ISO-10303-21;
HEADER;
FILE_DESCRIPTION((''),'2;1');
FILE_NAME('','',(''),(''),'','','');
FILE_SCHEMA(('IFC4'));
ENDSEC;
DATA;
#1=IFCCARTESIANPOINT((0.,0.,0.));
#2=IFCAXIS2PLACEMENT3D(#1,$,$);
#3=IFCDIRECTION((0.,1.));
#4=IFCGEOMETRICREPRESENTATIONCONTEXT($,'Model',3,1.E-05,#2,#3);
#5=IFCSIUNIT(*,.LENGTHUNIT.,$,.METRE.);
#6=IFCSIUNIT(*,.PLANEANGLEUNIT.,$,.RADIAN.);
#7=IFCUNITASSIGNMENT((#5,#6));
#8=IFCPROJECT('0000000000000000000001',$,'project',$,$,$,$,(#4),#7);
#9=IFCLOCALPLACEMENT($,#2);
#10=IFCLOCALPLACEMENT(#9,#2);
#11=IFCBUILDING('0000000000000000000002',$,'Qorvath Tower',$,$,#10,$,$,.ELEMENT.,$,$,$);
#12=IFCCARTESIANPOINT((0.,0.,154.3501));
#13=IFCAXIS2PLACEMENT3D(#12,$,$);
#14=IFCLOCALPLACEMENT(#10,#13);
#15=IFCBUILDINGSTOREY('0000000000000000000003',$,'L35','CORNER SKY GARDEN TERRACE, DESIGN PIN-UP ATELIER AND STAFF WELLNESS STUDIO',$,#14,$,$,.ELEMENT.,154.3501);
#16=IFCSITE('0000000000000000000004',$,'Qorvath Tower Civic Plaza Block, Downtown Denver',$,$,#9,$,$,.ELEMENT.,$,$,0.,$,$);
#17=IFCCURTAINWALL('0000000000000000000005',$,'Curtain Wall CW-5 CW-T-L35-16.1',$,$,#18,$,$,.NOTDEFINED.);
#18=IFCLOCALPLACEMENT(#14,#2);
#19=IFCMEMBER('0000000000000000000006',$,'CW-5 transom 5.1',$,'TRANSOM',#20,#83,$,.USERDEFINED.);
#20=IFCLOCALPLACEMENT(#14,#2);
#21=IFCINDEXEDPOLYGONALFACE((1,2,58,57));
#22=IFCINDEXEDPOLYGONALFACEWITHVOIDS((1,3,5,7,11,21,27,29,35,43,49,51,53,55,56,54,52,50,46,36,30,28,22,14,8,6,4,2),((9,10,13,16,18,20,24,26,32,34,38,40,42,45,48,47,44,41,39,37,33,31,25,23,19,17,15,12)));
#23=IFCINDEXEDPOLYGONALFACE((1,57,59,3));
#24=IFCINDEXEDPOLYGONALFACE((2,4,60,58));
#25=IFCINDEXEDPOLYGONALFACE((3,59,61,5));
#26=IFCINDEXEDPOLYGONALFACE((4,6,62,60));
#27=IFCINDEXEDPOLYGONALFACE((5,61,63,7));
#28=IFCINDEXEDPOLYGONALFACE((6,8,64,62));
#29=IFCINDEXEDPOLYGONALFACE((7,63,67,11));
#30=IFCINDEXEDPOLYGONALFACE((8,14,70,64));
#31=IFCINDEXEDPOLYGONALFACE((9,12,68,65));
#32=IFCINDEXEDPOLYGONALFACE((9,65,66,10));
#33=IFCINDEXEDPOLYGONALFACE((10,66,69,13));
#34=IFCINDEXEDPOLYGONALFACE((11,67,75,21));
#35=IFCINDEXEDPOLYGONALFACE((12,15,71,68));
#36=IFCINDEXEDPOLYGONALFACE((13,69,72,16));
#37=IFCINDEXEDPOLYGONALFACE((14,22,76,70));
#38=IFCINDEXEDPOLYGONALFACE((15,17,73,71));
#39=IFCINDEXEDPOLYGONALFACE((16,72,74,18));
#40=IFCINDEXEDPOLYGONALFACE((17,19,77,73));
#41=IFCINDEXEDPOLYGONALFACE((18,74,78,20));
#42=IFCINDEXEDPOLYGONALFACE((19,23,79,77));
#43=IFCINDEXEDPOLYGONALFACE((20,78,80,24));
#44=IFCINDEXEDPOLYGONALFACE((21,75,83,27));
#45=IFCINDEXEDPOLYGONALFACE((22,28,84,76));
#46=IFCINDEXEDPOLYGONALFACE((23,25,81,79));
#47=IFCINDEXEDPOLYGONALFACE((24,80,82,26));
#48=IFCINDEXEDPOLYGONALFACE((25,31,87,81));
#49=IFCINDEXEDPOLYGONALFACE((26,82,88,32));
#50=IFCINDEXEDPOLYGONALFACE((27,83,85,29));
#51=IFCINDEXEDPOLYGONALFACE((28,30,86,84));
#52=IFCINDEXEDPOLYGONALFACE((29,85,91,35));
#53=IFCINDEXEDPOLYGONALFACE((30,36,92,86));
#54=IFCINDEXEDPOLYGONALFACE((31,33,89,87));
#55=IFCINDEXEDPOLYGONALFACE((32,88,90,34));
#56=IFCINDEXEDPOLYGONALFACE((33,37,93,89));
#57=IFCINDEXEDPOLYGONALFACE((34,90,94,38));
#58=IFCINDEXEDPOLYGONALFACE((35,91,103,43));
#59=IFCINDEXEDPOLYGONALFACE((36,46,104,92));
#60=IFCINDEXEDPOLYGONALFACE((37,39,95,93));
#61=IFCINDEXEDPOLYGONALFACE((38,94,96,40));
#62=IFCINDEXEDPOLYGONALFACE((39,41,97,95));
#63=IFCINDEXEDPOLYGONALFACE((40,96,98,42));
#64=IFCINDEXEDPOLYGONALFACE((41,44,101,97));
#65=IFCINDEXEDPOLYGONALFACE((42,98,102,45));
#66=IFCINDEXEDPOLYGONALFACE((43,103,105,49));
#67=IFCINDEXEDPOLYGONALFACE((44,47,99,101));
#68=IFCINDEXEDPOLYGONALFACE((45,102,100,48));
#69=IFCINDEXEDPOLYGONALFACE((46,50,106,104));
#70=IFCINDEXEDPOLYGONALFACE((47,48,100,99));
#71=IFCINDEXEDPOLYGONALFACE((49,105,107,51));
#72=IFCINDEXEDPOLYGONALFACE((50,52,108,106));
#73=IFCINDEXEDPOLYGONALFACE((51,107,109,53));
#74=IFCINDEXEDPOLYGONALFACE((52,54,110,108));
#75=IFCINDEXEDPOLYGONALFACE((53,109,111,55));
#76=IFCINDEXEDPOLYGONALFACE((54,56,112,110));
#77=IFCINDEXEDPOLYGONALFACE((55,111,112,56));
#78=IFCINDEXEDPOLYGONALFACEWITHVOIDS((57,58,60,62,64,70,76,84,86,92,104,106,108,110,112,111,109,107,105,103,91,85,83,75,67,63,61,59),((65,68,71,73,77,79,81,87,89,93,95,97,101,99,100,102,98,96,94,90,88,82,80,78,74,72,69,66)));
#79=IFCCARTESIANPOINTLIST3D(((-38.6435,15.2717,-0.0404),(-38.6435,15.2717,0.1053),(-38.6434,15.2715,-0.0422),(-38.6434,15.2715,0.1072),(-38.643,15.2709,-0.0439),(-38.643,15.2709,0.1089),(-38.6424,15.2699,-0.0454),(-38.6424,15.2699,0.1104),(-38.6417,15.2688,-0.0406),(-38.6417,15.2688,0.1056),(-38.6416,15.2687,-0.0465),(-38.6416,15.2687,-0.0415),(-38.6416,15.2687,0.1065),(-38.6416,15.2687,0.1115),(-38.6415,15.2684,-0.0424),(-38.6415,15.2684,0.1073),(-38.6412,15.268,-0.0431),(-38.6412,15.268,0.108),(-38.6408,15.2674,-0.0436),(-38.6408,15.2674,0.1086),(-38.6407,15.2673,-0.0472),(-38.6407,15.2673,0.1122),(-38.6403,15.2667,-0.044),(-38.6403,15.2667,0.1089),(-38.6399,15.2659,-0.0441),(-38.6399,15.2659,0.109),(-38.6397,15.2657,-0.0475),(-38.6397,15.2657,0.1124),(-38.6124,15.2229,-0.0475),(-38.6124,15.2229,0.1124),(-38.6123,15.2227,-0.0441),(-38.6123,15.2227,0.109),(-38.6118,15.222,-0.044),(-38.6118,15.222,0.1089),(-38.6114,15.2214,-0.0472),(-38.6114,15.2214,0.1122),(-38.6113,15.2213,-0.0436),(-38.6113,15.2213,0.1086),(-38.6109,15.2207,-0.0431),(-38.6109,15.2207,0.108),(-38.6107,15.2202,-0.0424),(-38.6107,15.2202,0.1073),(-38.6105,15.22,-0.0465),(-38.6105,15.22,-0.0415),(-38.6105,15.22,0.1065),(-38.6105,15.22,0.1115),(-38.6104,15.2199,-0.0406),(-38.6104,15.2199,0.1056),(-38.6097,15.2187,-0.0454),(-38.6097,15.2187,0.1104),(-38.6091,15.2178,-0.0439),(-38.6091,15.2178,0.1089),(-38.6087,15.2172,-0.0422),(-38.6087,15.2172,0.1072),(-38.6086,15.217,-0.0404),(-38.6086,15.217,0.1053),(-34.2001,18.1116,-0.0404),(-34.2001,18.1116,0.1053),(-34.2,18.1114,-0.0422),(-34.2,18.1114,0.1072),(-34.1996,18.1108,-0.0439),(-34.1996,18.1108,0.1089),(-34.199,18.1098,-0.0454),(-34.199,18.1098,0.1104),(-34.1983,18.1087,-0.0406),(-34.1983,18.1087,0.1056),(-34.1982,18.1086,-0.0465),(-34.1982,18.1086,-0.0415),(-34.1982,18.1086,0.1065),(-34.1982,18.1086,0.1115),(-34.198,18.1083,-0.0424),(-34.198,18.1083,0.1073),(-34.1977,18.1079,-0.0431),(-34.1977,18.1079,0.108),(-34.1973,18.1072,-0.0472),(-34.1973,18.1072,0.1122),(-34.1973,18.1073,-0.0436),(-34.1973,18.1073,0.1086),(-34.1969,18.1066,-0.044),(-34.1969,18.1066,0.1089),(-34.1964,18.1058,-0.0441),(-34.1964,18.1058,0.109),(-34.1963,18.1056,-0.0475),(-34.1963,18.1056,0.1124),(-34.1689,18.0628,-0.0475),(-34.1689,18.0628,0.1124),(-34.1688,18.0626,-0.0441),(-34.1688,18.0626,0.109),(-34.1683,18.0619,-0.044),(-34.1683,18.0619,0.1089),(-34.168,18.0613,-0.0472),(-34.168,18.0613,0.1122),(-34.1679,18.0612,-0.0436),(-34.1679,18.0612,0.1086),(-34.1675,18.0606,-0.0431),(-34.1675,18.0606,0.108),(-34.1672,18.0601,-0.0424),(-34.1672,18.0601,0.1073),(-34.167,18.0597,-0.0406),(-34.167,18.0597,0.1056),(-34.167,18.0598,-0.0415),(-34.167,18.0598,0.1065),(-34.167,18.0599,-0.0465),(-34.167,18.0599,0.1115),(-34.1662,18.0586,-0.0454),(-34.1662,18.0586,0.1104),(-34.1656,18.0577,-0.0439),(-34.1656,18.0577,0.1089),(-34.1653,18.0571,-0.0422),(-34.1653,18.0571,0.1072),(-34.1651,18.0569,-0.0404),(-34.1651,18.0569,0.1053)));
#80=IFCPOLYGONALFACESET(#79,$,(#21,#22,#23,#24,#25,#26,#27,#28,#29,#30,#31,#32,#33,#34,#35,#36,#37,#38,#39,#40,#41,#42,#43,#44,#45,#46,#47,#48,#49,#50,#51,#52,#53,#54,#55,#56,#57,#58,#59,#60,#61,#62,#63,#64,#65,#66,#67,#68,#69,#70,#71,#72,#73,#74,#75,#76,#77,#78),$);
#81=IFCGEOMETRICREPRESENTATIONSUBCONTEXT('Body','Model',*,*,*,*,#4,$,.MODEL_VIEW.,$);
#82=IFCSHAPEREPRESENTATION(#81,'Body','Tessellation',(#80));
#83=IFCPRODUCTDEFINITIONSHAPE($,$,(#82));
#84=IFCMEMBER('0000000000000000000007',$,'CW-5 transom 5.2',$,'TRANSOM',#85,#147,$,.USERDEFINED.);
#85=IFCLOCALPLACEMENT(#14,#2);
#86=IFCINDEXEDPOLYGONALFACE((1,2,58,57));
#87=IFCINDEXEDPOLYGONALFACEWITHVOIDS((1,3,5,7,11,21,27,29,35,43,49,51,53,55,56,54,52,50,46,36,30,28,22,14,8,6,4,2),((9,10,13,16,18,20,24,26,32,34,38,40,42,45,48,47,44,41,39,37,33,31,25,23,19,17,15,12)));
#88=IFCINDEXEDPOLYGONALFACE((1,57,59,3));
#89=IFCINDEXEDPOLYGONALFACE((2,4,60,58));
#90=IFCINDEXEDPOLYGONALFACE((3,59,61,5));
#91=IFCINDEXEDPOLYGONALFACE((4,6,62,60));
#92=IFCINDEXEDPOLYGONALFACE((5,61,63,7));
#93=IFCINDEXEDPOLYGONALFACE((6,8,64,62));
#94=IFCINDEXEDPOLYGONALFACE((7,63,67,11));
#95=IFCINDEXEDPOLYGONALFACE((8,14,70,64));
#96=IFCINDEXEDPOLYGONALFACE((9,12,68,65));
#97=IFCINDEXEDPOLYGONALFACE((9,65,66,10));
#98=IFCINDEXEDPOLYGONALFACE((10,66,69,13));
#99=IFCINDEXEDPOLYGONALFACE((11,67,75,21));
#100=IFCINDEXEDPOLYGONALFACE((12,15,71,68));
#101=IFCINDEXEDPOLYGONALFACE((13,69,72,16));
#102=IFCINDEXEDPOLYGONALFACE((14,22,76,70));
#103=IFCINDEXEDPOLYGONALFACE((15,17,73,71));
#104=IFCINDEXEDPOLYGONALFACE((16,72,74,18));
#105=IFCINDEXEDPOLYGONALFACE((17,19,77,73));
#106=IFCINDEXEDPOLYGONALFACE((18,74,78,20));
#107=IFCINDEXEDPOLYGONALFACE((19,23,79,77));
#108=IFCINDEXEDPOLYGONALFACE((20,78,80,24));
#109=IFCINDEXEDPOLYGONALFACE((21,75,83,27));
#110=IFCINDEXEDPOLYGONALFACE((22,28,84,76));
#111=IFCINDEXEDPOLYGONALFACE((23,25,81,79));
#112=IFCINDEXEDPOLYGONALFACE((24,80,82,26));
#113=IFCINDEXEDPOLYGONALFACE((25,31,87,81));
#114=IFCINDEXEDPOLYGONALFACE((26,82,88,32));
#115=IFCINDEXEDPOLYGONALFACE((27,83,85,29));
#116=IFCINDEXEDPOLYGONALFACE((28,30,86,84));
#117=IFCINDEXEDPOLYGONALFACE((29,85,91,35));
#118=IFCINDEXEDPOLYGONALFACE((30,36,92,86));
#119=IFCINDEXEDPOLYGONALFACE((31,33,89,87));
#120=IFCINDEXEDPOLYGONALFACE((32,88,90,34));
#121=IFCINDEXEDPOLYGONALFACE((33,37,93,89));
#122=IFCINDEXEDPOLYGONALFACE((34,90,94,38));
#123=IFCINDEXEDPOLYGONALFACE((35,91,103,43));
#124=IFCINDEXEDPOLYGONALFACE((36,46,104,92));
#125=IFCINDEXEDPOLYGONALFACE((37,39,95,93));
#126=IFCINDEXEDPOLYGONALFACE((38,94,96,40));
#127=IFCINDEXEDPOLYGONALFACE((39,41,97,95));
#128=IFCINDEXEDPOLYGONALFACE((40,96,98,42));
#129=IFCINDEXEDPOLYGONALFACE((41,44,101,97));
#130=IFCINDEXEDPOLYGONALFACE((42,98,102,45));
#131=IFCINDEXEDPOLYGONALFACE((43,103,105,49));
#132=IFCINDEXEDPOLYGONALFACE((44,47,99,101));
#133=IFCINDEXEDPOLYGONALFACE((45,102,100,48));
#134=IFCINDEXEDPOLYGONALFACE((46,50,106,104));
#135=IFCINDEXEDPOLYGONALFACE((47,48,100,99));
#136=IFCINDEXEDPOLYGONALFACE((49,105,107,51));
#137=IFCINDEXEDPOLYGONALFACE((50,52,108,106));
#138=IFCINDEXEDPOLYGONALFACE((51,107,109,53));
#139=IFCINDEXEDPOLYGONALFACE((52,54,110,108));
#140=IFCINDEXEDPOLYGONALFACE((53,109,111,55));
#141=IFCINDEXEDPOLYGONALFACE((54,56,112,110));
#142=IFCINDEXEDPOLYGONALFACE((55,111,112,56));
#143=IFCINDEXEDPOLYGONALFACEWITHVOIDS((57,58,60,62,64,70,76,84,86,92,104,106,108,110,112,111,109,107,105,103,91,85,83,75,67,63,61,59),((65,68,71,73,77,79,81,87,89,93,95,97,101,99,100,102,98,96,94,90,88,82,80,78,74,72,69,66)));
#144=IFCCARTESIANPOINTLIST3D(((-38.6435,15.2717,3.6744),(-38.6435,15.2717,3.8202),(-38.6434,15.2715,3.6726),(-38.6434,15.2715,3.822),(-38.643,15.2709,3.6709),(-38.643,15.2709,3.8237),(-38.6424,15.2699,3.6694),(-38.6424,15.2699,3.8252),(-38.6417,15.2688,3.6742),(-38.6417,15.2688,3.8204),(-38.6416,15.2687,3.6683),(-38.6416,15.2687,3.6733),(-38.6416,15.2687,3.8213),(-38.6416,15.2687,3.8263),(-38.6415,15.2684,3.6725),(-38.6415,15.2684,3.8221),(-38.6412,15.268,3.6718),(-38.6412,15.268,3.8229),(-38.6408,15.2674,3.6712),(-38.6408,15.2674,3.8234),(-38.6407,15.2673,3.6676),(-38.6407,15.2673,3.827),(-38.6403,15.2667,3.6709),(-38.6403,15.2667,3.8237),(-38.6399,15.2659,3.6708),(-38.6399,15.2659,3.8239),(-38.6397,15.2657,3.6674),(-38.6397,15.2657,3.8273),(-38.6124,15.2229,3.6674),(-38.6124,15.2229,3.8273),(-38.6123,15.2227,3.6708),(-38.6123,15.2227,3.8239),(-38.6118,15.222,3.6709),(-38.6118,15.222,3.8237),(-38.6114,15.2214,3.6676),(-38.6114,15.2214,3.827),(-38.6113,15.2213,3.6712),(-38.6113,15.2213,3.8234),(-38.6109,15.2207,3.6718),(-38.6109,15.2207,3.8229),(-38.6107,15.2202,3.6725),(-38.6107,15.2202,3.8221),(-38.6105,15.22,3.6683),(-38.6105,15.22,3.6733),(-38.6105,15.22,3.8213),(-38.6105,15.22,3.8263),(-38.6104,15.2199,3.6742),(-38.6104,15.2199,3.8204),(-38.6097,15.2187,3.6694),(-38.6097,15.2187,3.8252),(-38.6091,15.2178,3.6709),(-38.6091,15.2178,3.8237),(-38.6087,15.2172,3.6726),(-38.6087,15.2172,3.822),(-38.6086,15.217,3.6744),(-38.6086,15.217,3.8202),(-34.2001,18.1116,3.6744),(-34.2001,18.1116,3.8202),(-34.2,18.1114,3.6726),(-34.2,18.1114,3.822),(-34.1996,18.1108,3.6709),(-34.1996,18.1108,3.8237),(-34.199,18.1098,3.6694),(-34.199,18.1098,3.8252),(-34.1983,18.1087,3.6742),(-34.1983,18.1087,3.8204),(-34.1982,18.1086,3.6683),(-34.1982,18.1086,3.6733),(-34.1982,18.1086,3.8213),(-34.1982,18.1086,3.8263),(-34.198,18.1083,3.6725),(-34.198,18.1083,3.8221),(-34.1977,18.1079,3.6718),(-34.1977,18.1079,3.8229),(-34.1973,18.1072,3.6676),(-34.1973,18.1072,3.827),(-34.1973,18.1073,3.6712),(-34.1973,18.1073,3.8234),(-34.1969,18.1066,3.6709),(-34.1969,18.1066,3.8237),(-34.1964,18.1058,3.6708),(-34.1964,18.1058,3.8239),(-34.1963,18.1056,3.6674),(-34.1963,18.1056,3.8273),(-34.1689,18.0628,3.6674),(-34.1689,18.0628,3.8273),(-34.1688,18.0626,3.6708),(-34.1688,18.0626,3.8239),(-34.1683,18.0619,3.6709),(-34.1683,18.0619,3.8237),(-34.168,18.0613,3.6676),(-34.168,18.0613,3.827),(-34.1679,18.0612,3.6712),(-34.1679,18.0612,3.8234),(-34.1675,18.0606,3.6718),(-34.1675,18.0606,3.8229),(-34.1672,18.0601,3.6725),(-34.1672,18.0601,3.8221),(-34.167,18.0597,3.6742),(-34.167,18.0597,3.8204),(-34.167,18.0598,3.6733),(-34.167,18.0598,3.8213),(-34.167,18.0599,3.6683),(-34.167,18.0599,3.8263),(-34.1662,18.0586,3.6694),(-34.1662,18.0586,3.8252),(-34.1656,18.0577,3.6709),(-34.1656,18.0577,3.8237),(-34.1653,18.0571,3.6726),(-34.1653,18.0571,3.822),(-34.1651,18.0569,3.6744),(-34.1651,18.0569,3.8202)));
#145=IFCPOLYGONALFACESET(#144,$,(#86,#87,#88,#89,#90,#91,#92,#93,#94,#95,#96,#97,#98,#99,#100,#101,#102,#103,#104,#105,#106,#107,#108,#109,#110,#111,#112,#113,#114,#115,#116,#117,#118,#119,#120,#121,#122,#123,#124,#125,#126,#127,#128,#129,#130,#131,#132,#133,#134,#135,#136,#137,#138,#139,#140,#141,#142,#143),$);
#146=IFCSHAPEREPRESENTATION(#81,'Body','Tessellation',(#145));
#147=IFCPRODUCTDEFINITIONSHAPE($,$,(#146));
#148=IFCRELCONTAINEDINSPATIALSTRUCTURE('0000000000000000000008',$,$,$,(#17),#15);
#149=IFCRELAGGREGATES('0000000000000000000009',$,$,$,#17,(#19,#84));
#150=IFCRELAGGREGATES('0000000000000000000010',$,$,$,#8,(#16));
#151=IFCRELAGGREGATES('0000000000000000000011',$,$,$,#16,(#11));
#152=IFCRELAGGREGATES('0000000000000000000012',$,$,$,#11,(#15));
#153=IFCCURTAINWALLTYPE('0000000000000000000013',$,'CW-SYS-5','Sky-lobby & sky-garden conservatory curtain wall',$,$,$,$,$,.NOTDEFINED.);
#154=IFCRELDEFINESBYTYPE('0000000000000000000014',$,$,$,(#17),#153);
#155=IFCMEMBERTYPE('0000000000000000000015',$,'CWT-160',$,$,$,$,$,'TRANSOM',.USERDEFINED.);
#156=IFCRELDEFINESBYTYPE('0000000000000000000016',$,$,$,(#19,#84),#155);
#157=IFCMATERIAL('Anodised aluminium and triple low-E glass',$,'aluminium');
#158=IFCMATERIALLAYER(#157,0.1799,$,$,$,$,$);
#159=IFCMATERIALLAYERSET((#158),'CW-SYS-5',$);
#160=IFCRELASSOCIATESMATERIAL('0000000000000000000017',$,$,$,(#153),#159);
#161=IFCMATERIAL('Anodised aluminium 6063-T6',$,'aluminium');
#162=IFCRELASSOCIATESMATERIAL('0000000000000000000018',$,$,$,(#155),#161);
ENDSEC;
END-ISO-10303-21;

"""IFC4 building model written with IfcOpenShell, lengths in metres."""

from ifc_helpers import new_model, si_unit, direction, frame, origin, origin_2d, place, context, subcontext, project, spatial, hollow_rectangle, extrude, material, layer, layer_set, material_profile, profile_set, type_object, element, aggregate, save


model = new_model("IFC4")

# Units and contexts
model_context = context("Model", 3, precision=1e-05, world=origin(), true_north=direction((0.0, 1.0)))
body_context = subcontext(model_context, "Body", "Model", "MODEL_VIEW")
ifc_project = project(units=[si_unit("LENGTHUNIT", "METRE"), si_unit("PLANEANGLEUNIT", "RADIAN")], contexts=[model_context])

# Site, building, storey
site_placement = place(None, origin())
site = spatial("IfcSite", under=ifc_project, at=site_placement, Name="Qorvath Tower Civic Plaza Block, Downtown Denver", CompositionType="ELEMENT", RefElevation=0.0)
building_placement = place(site_placement, origin())
building = spatial("IfcBuilding", under=site, at=building_placement, Name="Qorvath Tower", CompositionType="ELEMENT")
storey_placement = place(building_placement, frame((0.0, 0.0, 154.3501)))
storey = spatial("IfcBuildingStorey", under=building, at=storey_placement, Name="L35", Description="CORNER SKY GARDEN TERRACE, DESIGN PIN-UP ATELIER AND STAFF WELLNESS STUDIO", CompositionType="ELEMENT", Elevation=154.3501)

# Curtain wall, members
ifc_material_1 = material(Name="Anodised aluminium and triple low-E glass", Category="aluminium")
ifc_layer_1 = layer(ifc_material_1, 0.1799)
ifc_layer_set_1 = layer_set([ifc_layer_1], Name="CW-SYS-5")
curtain_wall_type = type_object("IfcCurtainWallType", Name="CW-SYS-5", Description="Sky-lobby & sky-garden conservatory curtain wall", PredefinedType="NOTDEFINED", material=ifc_layer_set_1)
curtain_wall_placement = place(storey_placement, origin())
curtain_wall = element("IfcCurtainWall", 1, at=curtain_wall_placement, inside=storey, type_object=curtain_wall_type, Name="Curtain Wall CW-5 CW-T-L35-16.1", PredefinedType="NOTDEFINED")
ifc_material_2 = material(Name="Anodised aluminium 6063-T6", Category="aluminium")
ifc_material_profile_1 = material_profile(ifc_material_2, hollow_rectangle(XDim=0.0649, YDim=0.1599, WallThickness=0.0034, InnerFilletRadius=0.0034, OuterFilletRadius=0.0071, at=origin_2d()), Name="CWT 160x65")
ifc_profile_set_1 = profile_set([ifc_material_profile_1], Name="Anodised aluminium 6063-T6")
member_type_1 = type_object("IfcMemberType", Name="CWT-160", ElementType="TRANSOM", PredefinedType="USERDEFINED", material=ifc_profile_set_1)
member_1_placement = place(storey_placement, frame((-34.1826, 18.0842, 0.0325), z_axis=(-0.842608, -0.538528, 0.0), x_axis=(0.538528, -0.842608, 0.0)))
member_1 = element("IfcMember", 2, at=member_1_placement, type_object=member_type_1, Name="CW-5 transom 5.1", ObjectType="TRANSOM", PredefinedType="USERDEFINED", context=body_context, shape_type="SweptSolid", body=[
    extrude(hollow_rectangle(XDim=0.0649, YDim=0.1599, WallThickness=0.0034, InnerFilletRadius=0.0034, OuterFilletRadius=0.0071, at=origin_2d()), origin(), (0.0, 0.0, 1.0), 5.2734),
])
member_2_placement = place(storey_placement, frame((-34.1826, 18.0842, 3.7473), z_axis=(-0.842608, -0.538528, 0.0), x_axis=(0.538528, -0.842608, 0.0)))
member_2 = element("IfcMember", 3, at=member_2_placement, type_object=member_type_1, Name="CW-5 transom 5.2", ObjectType="TRANSOM", PredefinedType="USERDEFINED", context=body_context, shape_type="SweptSolid", body=[
    extrude(hollow_rectangle(XDim=0.0649, YDim=0.1599, WallThickness=0.0034, InnerFilletRadius=0.0034, OuterFilletRadius=0.0071, at=origin_2d()), origin(), (0.0, 0.0, 1.0), 5.2734),
])
aggregate(curtain_wall, [member_1, member_2])

save(model, "model.ifc")
